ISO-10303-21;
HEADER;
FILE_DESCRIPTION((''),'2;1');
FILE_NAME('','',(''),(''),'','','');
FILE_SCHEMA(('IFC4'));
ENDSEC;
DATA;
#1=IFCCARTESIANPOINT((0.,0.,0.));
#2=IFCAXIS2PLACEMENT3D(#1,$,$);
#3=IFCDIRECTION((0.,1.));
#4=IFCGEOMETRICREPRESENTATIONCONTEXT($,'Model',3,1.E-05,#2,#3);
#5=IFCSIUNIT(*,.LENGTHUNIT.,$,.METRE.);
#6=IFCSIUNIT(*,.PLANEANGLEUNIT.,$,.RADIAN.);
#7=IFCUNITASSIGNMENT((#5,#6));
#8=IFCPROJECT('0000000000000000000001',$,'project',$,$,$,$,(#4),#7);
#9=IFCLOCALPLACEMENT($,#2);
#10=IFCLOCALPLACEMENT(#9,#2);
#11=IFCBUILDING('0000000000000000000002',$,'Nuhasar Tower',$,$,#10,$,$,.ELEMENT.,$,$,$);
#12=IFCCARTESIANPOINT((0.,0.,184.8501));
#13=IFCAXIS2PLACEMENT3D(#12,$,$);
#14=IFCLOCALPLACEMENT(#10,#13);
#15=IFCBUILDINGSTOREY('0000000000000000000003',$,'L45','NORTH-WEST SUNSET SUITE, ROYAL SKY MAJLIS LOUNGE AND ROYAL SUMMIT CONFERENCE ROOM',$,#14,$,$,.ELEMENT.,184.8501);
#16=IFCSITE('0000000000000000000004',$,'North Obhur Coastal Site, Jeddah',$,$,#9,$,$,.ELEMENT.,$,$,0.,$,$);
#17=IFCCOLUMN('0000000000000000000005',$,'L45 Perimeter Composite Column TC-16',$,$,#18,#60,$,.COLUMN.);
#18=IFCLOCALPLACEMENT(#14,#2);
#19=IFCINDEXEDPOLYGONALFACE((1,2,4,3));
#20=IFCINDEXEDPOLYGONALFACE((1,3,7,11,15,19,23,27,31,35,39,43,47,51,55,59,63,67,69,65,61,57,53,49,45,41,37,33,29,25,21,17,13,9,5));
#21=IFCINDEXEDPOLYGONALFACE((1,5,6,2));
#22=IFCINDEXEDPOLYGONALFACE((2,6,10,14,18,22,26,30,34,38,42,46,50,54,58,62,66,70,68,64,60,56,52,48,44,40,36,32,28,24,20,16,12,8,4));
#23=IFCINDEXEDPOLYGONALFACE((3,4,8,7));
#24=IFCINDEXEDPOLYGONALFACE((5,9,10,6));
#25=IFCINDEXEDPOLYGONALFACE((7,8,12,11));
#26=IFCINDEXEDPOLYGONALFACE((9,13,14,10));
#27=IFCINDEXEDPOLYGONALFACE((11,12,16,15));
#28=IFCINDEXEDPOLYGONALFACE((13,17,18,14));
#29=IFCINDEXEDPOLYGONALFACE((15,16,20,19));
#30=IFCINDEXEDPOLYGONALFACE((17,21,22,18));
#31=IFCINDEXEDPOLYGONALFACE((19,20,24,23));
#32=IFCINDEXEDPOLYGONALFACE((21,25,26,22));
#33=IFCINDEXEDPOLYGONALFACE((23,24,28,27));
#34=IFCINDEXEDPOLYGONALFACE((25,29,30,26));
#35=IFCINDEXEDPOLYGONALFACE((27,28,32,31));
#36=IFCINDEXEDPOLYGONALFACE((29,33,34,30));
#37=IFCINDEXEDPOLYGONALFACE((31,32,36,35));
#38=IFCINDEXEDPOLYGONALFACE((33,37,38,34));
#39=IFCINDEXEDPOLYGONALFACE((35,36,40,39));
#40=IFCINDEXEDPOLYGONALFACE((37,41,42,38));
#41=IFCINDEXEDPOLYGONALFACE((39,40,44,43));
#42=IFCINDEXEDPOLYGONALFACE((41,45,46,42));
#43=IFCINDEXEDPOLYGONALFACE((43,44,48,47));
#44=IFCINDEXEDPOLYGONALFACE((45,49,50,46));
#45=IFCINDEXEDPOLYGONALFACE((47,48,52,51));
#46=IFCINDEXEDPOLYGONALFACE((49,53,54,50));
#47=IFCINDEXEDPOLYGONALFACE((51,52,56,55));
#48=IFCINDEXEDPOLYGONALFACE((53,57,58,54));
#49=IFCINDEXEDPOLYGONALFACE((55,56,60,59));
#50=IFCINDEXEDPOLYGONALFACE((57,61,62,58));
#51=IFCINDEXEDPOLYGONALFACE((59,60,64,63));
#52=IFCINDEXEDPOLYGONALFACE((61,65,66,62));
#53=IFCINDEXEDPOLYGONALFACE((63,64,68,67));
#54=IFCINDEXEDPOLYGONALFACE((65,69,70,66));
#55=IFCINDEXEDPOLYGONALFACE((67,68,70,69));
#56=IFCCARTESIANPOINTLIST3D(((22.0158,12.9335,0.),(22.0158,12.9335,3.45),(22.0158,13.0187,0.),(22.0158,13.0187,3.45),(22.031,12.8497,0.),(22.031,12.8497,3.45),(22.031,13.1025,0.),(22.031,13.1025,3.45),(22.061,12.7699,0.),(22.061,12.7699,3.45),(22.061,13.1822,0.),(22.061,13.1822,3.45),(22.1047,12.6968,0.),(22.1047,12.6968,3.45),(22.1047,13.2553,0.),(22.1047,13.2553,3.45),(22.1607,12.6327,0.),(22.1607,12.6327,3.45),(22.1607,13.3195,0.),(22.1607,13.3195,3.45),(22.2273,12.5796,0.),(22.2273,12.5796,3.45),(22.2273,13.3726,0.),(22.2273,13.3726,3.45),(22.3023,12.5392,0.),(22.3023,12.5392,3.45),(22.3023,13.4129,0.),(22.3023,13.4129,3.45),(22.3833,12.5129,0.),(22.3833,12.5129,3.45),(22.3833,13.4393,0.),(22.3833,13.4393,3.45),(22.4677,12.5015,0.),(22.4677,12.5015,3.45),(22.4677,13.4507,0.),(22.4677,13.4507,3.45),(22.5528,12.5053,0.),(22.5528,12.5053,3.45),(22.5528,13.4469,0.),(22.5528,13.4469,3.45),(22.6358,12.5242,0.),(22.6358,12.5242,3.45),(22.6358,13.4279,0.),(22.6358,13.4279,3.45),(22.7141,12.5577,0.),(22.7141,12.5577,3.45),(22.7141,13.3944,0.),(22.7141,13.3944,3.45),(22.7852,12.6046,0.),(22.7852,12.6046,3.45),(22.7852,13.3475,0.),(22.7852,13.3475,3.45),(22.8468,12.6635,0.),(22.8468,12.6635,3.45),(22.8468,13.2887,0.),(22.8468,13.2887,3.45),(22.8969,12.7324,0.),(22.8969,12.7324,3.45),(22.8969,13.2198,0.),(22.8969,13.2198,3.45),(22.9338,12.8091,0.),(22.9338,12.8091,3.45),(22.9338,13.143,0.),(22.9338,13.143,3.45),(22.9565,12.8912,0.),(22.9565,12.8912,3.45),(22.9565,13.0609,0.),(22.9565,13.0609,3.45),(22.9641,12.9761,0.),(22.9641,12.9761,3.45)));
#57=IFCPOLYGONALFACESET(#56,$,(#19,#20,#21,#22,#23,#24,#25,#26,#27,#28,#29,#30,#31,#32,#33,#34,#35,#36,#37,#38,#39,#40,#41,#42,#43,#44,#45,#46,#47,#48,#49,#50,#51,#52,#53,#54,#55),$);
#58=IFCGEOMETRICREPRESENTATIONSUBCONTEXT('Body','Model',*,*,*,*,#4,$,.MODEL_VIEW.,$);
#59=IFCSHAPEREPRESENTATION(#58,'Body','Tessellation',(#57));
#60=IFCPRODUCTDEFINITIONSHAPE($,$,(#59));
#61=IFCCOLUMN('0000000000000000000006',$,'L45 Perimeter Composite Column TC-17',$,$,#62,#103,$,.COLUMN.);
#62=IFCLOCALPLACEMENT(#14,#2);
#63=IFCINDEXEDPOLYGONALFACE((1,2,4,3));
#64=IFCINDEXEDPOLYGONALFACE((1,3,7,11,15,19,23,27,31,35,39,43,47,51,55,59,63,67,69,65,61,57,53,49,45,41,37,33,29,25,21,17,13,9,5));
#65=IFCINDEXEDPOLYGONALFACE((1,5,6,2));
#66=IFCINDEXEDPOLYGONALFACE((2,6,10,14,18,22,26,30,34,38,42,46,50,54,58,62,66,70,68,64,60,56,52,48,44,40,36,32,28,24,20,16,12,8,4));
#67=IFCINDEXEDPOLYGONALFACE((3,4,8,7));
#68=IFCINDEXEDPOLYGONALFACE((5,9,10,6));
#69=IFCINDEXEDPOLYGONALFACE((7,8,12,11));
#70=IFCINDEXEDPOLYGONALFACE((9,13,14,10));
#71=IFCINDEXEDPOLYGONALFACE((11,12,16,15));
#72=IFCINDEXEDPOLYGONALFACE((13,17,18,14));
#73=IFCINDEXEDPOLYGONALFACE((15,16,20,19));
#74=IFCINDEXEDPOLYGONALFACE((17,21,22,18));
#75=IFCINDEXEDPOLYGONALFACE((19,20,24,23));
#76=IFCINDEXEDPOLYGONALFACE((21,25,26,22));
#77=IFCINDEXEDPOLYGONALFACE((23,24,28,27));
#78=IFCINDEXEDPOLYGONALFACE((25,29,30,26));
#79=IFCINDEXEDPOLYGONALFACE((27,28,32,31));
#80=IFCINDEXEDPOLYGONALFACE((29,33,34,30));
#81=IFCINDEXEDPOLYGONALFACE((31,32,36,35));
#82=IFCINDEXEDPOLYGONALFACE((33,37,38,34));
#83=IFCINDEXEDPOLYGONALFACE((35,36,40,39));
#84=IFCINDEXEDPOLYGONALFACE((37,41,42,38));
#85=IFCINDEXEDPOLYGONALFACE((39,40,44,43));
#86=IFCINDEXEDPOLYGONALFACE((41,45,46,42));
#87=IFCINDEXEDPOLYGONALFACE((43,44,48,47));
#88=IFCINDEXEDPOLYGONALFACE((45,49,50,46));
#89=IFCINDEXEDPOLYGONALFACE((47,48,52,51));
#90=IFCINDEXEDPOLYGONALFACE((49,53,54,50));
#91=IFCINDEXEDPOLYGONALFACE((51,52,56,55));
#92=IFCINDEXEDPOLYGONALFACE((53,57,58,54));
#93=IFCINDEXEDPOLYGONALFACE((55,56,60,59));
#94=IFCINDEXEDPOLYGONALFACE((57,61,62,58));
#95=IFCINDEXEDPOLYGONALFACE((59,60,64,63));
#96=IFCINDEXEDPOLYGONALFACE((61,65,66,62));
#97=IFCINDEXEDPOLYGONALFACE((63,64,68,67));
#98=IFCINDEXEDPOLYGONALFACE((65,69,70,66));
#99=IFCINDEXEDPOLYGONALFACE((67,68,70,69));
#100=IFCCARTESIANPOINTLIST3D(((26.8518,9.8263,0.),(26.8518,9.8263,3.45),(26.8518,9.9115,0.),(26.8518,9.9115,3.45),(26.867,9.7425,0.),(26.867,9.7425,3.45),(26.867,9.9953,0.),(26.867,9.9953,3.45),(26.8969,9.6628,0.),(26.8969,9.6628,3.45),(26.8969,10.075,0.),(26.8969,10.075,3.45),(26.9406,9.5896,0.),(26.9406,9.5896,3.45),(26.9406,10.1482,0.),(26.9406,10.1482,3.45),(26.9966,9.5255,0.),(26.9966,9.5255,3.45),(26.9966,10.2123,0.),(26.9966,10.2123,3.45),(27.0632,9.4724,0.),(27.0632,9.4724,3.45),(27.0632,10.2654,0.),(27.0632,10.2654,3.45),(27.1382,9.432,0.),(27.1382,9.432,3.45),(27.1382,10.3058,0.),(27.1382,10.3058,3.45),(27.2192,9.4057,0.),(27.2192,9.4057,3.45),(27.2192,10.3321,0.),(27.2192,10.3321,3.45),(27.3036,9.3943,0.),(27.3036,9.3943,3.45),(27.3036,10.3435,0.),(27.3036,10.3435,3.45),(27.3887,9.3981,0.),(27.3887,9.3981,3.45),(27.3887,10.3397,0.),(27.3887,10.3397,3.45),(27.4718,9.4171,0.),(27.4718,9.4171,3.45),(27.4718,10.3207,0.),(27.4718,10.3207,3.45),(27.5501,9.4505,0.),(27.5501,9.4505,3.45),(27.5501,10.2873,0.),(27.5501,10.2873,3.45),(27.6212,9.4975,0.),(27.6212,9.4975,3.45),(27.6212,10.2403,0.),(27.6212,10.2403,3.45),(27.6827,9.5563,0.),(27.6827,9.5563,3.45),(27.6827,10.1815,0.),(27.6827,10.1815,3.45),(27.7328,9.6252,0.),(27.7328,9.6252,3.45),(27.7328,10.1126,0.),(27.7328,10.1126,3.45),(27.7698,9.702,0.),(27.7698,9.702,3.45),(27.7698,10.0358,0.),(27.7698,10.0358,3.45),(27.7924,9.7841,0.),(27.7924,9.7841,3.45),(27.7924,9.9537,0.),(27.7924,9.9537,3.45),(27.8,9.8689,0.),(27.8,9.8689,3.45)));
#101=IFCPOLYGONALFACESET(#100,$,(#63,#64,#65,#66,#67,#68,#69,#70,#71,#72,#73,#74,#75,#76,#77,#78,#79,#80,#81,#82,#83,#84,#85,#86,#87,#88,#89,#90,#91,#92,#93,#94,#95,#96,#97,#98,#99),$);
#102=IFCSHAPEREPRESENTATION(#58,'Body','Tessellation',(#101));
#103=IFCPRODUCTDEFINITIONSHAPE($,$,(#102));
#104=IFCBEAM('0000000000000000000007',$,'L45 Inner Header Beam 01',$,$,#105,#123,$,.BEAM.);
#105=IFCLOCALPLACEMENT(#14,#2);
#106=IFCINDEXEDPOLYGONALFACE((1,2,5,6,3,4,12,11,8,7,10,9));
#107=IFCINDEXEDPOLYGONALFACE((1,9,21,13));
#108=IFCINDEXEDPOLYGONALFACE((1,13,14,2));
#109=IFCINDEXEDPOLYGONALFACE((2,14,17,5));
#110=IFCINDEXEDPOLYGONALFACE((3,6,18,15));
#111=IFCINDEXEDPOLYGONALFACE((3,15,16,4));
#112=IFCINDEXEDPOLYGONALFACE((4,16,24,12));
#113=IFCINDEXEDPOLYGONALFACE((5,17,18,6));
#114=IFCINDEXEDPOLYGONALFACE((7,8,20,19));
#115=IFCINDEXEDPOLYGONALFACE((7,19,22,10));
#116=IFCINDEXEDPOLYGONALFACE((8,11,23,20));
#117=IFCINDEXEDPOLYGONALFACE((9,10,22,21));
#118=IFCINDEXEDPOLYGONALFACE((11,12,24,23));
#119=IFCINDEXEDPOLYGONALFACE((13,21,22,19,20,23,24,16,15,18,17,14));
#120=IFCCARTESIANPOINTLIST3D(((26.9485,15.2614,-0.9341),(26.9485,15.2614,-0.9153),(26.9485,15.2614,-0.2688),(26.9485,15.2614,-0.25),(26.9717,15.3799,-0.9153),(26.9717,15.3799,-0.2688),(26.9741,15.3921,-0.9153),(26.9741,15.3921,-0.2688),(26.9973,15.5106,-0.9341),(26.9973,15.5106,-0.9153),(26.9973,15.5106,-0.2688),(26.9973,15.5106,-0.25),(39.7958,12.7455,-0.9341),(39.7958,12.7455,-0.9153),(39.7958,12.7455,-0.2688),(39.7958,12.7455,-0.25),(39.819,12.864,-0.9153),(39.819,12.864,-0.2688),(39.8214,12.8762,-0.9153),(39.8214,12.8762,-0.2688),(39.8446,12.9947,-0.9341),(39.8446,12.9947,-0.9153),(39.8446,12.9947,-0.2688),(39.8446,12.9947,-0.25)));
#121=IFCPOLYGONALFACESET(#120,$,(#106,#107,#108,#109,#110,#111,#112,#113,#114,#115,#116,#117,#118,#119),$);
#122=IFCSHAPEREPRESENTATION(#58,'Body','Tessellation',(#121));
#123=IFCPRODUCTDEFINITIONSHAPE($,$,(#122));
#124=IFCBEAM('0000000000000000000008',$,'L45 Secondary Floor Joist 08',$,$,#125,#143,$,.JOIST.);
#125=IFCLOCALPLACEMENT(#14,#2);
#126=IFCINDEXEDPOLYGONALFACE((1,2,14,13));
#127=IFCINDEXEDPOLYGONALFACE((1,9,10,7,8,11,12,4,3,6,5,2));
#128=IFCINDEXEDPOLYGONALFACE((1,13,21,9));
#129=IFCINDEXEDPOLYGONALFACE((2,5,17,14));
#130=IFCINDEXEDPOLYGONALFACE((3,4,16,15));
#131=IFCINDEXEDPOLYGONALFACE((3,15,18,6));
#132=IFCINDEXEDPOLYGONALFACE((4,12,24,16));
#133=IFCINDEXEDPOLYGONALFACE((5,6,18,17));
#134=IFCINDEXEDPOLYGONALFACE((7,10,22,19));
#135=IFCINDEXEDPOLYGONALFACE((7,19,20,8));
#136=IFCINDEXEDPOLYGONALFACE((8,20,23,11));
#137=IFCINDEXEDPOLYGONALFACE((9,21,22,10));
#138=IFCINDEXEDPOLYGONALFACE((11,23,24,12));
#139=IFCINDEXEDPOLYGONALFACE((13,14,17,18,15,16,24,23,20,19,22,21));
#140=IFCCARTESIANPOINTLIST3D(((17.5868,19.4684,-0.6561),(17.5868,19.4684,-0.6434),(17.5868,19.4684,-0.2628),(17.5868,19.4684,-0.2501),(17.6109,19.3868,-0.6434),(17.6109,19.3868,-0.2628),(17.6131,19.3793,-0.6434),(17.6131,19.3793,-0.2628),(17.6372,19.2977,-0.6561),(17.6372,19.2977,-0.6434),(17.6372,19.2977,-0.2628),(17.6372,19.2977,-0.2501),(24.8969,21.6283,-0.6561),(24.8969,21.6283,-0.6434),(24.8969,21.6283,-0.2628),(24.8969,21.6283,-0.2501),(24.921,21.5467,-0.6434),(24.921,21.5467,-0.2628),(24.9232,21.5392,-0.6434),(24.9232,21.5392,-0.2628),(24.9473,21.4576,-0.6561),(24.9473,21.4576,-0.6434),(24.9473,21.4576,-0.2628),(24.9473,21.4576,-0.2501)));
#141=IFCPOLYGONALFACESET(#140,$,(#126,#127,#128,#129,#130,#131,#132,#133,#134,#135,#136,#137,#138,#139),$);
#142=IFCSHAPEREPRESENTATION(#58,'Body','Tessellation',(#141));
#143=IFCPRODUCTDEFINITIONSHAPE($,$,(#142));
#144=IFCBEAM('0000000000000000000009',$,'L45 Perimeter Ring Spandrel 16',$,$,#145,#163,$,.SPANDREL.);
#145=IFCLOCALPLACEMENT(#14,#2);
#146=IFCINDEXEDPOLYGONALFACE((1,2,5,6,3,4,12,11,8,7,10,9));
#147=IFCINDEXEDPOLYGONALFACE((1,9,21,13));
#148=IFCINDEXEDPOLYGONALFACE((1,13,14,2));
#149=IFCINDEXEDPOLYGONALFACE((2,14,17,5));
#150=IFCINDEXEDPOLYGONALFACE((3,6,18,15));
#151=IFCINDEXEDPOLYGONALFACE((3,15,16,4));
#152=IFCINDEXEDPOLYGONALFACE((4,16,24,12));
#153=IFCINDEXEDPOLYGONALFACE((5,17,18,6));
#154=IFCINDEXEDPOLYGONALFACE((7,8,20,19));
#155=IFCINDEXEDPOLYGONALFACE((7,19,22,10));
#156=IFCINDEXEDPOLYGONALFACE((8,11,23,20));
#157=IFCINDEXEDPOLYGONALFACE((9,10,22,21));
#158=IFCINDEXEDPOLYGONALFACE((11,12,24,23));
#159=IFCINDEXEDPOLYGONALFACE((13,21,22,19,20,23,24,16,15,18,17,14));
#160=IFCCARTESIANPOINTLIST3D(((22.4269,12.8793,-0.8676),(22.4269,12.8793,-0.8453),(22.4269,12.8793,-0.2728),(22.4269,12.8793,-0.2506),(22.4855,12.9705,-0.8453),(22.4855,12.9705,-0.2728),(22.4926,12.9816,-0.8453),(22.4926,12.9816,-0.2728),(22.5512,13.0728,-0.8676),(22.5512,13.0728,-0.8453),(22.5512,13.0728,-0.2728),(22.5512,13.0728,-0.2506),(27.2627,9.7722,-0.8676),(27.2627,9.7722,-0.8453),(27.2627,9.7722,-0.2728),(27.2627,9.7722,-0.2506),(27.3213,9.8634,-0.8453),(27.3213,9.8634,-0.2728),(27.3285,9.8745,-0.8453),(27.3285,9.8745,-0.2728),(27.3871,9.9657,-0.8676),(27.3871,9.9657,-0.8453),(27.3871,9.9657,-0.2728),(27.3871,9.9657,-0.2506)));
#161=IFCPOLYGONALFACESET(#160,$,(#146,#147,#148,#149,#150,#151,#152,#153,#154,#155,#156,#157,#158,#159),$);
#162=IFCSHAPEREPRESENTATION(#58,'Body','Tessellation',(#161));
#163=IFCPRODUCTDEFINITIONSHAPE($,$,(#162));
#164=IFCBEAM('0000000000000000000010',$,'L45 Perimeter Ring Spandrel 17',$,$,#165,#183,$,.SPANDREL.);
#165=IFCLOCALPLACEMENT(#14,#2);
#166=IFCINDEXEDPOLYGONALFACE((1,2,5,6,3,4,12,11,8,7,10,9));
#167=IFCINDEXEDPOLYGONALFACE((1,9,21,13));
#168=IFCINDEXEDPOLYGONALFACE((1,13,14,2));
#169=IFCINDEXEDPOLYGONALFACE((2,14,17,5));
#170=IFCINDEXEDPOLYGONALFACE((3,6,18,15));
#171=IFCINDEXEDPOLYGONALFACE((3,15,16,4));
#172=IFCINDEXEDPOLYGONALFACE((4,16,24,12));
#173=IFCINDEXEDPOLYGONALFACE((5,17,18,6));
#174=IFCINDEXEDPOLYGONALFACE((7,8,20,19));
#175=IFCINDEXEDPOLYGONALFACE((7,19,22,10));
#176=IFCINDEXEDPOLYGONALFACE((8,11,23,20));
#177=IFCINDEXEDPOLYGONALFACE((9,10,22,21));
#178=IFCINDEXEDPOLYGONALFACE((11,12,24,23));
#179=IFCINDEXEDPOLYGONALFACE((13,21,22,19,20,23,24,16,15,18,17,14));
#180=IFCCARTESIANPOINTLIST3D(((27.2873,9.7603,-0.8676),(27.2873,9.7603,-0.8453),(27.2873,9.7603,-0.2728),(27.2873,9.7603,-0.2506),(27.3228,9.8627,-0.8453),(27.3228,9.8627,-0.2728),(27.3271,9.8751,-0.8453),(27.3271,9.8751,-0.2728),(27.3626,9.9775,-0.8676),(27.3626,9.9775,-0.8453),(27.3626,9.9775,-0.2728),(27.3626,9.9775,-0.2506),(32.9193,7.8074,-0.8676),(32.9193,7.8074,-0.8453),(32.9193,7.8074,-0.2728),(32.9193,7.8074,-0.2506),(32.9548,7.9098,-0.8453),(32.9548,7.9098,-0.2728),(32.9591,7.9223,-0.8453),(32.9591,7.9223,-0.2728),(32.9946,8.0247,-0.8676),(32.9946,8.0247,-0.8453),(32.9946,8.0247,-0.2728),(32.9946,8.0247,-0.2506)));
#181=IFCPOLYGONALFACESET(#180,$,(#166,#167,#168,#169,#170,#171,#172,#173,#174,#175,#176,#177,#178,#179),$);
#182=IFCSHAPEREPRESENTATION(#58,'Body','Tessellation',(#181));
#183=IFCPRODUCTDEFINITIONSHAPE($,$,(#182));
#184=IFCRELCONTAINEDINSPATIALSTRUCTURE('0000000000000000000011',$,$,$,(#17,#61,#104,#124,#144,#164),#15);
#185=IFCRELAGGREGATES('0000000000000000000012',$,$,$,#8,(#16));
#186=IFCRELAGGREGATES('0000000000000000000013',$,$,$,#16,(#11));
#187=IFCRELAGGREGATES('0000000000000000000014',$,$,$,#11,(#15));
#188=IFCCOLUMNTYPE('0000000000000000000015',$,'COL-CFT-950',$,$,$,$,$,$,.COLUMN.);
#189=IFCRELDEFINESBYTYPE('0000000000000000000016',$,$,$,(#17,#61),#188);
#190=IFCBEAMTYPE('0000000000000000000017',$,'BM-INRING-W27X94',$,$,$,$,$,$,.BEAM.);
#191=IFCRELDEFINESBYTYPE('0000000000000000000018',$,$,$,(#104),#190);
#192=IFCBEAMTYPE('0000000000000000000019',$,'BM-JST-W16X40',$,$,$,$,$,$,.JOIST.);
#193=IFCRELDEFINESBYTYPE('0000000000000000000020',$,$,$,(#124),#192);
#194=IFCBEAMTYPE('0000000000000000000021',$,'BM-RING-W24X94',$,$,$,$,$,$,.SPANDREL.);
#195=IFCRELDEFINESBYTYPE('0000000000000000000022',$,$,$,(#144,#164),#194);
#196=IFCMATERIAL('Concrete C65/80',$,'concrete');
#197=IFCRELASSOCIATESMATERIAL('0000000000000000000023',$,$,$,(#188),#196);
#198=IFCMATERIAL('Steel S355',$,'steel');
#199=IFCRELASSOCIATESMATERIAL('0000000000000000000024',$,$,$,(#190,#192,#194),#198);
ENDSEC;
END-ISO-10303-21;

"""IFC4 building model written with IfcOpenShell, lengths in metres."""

from ifc_helpers import new_model, si_unit, direction, frame, origin, origin_2d, place, context, subcontext, project, spatial, circle, i_section, extrude, material, material_profile, profile_set, type_object, element, save


model = new_model("IFC4")

# Units and contexts
model_context = context("Model", 3, precision=1e-05, world=origin(), true_north=direction((0.0, 1.0)))
body_context = subcontext(model_context, "Body", "Model", "MODEL_VIEW")
ifc_project = project(units=[si_unit("LENGTHUNIT", "METRE"), si_unit("PLANEANGLEUNIT", "RADIAN")], contexts=[model_context])

# Site, building, storey
site_placement = place(None, origin())
site = spatial("IfcSite", under=ifc_project, at=site_placement, Name="North Obhur Coastal Site, Jeddah", CompositionType="ELEMENT", RefElevation=0.0)
building_placement = place(site_placement, origin())
building = spatial("IfcBuilding", under=site, at=building_placement, Name="Nuhasar Tower", CompositionType="ELEMENT")
storey_placement = place(building_placement, frame((0.0, 0.0, 184.8501)))
storey = spatial("IfcBuildingStorey", under=building, at=storey_placement, Name="L45", Description="NORTH-WEST SUNSET SUITE, ROYAL SKY MAJLIS LOUNGE AND ROYAL SUMMIT CONFERENCE ROOM", CompositionType="ELEMENT", Elevation=184.8501)

# Columns
ifc_material_1 = material(Name="Concrete C65/80", Category="concrete")
ifc_material_profile_1 = material_profile(ifc_material_1, circle(Radius=0.4751, at=origin_2d()), Name="CFT950")
ifc_profile_set_1 = profile_set([ifc_material_profile_1], Name="Concrete C65/80")
column_type = type_object("IfcColumnType", Name="COL-CFT-950", PredefinedType="COLUMN", material=ifc_profile_set_1)
for number, where, z_axis, x_axis, name in (
    (1, (22.489, 12.9761, 0.0), (0.0, 0.0, 1.0), (1.0, 0.0, 0.0), "L45 Perimeter Composite Column TC-16"),
    (2, (27.325, 9.8689, 0.0), (0.0, 0.0, 1.0), (1.0, 0.0, 0.0), "L45 Perimeter Composite Column TC-17"),
):
    element("IfcColumn", number, at=place(storey_placement, frame(where, z_axis=z_axis, x_axis=x_axis)), inside=storey, type_object=column_type, Name=name, PredefinedType="COLUMN", context=body_context, shape_type="SweptSolid", body=[
        extrude(circle(Radius=0.4751, at=origin_2d()), origin(), (0.0, 0.0, 1.0), 3.45),
    ])

# Beams
ifc_material_2 = material(Name="Steel S355", Category="steel")
ifc_material_profile_2 = material_profile(ifc_material_2, i_section(OverallWidth=0.2539, OverallDepth=0.6841, WebThickness=0.0125, FlangeThickness=0.0188, at=origin_2d()), Name="W27X94")
ifc_profile_set_2 = profile_set([ifc_material_profile_2], Name="Steel S355")
beam_type_1 = type_object("IfcBeamType", Name="BM-INRING-W27X94", PredefinedType="BEAM", material=ifc_profile_set_2)
beam_1_placement = place(storey_placement, frame((26.9729, 15.386, -0.592), z_axis=(0.98136, -0.19218, 0.0), x_axis=(0.19218, 0.98136, 0.0)))
element("IfcBeam", 3, at=beam_1_placement, inside=storey, type_object=beam_type_1, Name="L45 Inner Header Beam 01", PredefinedType="BEAM", context=body_context, shape_type="SweptSolid", body=[
    extrude(i_section(OverallWidth=0.2539, OverallDepth=0.6841, WebThickness=0.0125, FlangeThickness=0.0188, at=origin_2d()), origin(), (0.0, 0.0, 1.0), 13.0913),
])
ifc_material_profile_3 = material_profile(ifc_material_2, i_section(OverallWidth=0.178, OverallDepth=0.406, WebThickness=0.0078, FlangeThickness=0.0127, at=origin_2d()), Name="W16X40")
ifc_profile_set_3 = profile_set([ifc_material_profile_3], Name="Steel S355")
beam_type_2 = type_object("IfcBeamType", Name="BM-JST-W16X40", PredefinedType="JOIST", material=ifc_profile_set_3)
beam_2_placement = place(storey_placement, frame((24.9221, 21.543, -0.4531), z_axis=(-0.959013, -0.283361, 0.0), x_axis=(0.283361, -0.959013, 0.0)))
element("IfcBeam", 4, at=beam_2_placement, inside=storey, type_object=beam_type_2, Name="L45 Secondary Floor Joist 08", PredefinedType="JOIST", context=body_context, shape_type="SweptSolid", body=[
    extrude(i_section(OverallWidth=0.178, OverallDepth=0.406, WebThickness=0.0078, FlangeThickness=0.0127, at=origin_2d()), origin(), (0.0, 0.0, 1.0), 7.6226),
])
ifc_material_profile_4 = material_profile(ifc_material_2, i_section(OverallWidth=0.23, OverallDepth=0.6169, WebThickness=0.0132, FlangeThickness=0.0222, at=origin_2d()), Name="W24X94")
ifc_profile_set_4 = profile_set([ifc_material_profile_4], Name="Steel S355")
beam_type_3 = type_object("IfcBeamType", Name="BM-RING-W24X94", PredefinedType="SPANDREL", material=ifc_profile_set_4)
beam_3_placement = place(storey_placement, frame((22.489, 12.9761, -0.5591), z_axis=(0.841308, -0.540556, 0.0), x_axis=(0.540556, 0.841308, 0.0)))
element("IfcBeam", 5, at=beam_3_placement, inside=storey, type_object=beam_type_3, Name="L45 Perimeter Ring Spandrel 16", PredefinedType="SPANDREL", context=body_context, shape_type="SweptSolid", body=[
    extrude(i_section(OverallWidth=0.23, OverallDepth=0.6169, WebThickness=0.0132, FlangeThickness=0.0222, at=origin_2d()), origin(), (0.0, 0.0, 1.0), 5.748),
])
beam_4_placement = place(storey_placement, frame((27.325, 9.8689, -0.5591), z_axis=(0.944814, -0.327607, 0.0), x_axis=(0.327607, 0.944814, 0.0)))
element("IfcBeam", 6, at=beam_4_placement, inside=storey, type_object=beam_type_3, Name="L45 Perimeter Ring Spandrel 17", PredefinedType="SPANDREL", context=body_context, shape_type="SweptSolid", body=[
    extrude(i_section(OverallWidth=0.23, OverallDepth=0.6169, WebThickness=0.0132, FlangeThickness=0.0222, at=origin_2d()), origin(), (0.0, 0.0, 1.0), 5.9609),
])

save(model, "model.ifc")
